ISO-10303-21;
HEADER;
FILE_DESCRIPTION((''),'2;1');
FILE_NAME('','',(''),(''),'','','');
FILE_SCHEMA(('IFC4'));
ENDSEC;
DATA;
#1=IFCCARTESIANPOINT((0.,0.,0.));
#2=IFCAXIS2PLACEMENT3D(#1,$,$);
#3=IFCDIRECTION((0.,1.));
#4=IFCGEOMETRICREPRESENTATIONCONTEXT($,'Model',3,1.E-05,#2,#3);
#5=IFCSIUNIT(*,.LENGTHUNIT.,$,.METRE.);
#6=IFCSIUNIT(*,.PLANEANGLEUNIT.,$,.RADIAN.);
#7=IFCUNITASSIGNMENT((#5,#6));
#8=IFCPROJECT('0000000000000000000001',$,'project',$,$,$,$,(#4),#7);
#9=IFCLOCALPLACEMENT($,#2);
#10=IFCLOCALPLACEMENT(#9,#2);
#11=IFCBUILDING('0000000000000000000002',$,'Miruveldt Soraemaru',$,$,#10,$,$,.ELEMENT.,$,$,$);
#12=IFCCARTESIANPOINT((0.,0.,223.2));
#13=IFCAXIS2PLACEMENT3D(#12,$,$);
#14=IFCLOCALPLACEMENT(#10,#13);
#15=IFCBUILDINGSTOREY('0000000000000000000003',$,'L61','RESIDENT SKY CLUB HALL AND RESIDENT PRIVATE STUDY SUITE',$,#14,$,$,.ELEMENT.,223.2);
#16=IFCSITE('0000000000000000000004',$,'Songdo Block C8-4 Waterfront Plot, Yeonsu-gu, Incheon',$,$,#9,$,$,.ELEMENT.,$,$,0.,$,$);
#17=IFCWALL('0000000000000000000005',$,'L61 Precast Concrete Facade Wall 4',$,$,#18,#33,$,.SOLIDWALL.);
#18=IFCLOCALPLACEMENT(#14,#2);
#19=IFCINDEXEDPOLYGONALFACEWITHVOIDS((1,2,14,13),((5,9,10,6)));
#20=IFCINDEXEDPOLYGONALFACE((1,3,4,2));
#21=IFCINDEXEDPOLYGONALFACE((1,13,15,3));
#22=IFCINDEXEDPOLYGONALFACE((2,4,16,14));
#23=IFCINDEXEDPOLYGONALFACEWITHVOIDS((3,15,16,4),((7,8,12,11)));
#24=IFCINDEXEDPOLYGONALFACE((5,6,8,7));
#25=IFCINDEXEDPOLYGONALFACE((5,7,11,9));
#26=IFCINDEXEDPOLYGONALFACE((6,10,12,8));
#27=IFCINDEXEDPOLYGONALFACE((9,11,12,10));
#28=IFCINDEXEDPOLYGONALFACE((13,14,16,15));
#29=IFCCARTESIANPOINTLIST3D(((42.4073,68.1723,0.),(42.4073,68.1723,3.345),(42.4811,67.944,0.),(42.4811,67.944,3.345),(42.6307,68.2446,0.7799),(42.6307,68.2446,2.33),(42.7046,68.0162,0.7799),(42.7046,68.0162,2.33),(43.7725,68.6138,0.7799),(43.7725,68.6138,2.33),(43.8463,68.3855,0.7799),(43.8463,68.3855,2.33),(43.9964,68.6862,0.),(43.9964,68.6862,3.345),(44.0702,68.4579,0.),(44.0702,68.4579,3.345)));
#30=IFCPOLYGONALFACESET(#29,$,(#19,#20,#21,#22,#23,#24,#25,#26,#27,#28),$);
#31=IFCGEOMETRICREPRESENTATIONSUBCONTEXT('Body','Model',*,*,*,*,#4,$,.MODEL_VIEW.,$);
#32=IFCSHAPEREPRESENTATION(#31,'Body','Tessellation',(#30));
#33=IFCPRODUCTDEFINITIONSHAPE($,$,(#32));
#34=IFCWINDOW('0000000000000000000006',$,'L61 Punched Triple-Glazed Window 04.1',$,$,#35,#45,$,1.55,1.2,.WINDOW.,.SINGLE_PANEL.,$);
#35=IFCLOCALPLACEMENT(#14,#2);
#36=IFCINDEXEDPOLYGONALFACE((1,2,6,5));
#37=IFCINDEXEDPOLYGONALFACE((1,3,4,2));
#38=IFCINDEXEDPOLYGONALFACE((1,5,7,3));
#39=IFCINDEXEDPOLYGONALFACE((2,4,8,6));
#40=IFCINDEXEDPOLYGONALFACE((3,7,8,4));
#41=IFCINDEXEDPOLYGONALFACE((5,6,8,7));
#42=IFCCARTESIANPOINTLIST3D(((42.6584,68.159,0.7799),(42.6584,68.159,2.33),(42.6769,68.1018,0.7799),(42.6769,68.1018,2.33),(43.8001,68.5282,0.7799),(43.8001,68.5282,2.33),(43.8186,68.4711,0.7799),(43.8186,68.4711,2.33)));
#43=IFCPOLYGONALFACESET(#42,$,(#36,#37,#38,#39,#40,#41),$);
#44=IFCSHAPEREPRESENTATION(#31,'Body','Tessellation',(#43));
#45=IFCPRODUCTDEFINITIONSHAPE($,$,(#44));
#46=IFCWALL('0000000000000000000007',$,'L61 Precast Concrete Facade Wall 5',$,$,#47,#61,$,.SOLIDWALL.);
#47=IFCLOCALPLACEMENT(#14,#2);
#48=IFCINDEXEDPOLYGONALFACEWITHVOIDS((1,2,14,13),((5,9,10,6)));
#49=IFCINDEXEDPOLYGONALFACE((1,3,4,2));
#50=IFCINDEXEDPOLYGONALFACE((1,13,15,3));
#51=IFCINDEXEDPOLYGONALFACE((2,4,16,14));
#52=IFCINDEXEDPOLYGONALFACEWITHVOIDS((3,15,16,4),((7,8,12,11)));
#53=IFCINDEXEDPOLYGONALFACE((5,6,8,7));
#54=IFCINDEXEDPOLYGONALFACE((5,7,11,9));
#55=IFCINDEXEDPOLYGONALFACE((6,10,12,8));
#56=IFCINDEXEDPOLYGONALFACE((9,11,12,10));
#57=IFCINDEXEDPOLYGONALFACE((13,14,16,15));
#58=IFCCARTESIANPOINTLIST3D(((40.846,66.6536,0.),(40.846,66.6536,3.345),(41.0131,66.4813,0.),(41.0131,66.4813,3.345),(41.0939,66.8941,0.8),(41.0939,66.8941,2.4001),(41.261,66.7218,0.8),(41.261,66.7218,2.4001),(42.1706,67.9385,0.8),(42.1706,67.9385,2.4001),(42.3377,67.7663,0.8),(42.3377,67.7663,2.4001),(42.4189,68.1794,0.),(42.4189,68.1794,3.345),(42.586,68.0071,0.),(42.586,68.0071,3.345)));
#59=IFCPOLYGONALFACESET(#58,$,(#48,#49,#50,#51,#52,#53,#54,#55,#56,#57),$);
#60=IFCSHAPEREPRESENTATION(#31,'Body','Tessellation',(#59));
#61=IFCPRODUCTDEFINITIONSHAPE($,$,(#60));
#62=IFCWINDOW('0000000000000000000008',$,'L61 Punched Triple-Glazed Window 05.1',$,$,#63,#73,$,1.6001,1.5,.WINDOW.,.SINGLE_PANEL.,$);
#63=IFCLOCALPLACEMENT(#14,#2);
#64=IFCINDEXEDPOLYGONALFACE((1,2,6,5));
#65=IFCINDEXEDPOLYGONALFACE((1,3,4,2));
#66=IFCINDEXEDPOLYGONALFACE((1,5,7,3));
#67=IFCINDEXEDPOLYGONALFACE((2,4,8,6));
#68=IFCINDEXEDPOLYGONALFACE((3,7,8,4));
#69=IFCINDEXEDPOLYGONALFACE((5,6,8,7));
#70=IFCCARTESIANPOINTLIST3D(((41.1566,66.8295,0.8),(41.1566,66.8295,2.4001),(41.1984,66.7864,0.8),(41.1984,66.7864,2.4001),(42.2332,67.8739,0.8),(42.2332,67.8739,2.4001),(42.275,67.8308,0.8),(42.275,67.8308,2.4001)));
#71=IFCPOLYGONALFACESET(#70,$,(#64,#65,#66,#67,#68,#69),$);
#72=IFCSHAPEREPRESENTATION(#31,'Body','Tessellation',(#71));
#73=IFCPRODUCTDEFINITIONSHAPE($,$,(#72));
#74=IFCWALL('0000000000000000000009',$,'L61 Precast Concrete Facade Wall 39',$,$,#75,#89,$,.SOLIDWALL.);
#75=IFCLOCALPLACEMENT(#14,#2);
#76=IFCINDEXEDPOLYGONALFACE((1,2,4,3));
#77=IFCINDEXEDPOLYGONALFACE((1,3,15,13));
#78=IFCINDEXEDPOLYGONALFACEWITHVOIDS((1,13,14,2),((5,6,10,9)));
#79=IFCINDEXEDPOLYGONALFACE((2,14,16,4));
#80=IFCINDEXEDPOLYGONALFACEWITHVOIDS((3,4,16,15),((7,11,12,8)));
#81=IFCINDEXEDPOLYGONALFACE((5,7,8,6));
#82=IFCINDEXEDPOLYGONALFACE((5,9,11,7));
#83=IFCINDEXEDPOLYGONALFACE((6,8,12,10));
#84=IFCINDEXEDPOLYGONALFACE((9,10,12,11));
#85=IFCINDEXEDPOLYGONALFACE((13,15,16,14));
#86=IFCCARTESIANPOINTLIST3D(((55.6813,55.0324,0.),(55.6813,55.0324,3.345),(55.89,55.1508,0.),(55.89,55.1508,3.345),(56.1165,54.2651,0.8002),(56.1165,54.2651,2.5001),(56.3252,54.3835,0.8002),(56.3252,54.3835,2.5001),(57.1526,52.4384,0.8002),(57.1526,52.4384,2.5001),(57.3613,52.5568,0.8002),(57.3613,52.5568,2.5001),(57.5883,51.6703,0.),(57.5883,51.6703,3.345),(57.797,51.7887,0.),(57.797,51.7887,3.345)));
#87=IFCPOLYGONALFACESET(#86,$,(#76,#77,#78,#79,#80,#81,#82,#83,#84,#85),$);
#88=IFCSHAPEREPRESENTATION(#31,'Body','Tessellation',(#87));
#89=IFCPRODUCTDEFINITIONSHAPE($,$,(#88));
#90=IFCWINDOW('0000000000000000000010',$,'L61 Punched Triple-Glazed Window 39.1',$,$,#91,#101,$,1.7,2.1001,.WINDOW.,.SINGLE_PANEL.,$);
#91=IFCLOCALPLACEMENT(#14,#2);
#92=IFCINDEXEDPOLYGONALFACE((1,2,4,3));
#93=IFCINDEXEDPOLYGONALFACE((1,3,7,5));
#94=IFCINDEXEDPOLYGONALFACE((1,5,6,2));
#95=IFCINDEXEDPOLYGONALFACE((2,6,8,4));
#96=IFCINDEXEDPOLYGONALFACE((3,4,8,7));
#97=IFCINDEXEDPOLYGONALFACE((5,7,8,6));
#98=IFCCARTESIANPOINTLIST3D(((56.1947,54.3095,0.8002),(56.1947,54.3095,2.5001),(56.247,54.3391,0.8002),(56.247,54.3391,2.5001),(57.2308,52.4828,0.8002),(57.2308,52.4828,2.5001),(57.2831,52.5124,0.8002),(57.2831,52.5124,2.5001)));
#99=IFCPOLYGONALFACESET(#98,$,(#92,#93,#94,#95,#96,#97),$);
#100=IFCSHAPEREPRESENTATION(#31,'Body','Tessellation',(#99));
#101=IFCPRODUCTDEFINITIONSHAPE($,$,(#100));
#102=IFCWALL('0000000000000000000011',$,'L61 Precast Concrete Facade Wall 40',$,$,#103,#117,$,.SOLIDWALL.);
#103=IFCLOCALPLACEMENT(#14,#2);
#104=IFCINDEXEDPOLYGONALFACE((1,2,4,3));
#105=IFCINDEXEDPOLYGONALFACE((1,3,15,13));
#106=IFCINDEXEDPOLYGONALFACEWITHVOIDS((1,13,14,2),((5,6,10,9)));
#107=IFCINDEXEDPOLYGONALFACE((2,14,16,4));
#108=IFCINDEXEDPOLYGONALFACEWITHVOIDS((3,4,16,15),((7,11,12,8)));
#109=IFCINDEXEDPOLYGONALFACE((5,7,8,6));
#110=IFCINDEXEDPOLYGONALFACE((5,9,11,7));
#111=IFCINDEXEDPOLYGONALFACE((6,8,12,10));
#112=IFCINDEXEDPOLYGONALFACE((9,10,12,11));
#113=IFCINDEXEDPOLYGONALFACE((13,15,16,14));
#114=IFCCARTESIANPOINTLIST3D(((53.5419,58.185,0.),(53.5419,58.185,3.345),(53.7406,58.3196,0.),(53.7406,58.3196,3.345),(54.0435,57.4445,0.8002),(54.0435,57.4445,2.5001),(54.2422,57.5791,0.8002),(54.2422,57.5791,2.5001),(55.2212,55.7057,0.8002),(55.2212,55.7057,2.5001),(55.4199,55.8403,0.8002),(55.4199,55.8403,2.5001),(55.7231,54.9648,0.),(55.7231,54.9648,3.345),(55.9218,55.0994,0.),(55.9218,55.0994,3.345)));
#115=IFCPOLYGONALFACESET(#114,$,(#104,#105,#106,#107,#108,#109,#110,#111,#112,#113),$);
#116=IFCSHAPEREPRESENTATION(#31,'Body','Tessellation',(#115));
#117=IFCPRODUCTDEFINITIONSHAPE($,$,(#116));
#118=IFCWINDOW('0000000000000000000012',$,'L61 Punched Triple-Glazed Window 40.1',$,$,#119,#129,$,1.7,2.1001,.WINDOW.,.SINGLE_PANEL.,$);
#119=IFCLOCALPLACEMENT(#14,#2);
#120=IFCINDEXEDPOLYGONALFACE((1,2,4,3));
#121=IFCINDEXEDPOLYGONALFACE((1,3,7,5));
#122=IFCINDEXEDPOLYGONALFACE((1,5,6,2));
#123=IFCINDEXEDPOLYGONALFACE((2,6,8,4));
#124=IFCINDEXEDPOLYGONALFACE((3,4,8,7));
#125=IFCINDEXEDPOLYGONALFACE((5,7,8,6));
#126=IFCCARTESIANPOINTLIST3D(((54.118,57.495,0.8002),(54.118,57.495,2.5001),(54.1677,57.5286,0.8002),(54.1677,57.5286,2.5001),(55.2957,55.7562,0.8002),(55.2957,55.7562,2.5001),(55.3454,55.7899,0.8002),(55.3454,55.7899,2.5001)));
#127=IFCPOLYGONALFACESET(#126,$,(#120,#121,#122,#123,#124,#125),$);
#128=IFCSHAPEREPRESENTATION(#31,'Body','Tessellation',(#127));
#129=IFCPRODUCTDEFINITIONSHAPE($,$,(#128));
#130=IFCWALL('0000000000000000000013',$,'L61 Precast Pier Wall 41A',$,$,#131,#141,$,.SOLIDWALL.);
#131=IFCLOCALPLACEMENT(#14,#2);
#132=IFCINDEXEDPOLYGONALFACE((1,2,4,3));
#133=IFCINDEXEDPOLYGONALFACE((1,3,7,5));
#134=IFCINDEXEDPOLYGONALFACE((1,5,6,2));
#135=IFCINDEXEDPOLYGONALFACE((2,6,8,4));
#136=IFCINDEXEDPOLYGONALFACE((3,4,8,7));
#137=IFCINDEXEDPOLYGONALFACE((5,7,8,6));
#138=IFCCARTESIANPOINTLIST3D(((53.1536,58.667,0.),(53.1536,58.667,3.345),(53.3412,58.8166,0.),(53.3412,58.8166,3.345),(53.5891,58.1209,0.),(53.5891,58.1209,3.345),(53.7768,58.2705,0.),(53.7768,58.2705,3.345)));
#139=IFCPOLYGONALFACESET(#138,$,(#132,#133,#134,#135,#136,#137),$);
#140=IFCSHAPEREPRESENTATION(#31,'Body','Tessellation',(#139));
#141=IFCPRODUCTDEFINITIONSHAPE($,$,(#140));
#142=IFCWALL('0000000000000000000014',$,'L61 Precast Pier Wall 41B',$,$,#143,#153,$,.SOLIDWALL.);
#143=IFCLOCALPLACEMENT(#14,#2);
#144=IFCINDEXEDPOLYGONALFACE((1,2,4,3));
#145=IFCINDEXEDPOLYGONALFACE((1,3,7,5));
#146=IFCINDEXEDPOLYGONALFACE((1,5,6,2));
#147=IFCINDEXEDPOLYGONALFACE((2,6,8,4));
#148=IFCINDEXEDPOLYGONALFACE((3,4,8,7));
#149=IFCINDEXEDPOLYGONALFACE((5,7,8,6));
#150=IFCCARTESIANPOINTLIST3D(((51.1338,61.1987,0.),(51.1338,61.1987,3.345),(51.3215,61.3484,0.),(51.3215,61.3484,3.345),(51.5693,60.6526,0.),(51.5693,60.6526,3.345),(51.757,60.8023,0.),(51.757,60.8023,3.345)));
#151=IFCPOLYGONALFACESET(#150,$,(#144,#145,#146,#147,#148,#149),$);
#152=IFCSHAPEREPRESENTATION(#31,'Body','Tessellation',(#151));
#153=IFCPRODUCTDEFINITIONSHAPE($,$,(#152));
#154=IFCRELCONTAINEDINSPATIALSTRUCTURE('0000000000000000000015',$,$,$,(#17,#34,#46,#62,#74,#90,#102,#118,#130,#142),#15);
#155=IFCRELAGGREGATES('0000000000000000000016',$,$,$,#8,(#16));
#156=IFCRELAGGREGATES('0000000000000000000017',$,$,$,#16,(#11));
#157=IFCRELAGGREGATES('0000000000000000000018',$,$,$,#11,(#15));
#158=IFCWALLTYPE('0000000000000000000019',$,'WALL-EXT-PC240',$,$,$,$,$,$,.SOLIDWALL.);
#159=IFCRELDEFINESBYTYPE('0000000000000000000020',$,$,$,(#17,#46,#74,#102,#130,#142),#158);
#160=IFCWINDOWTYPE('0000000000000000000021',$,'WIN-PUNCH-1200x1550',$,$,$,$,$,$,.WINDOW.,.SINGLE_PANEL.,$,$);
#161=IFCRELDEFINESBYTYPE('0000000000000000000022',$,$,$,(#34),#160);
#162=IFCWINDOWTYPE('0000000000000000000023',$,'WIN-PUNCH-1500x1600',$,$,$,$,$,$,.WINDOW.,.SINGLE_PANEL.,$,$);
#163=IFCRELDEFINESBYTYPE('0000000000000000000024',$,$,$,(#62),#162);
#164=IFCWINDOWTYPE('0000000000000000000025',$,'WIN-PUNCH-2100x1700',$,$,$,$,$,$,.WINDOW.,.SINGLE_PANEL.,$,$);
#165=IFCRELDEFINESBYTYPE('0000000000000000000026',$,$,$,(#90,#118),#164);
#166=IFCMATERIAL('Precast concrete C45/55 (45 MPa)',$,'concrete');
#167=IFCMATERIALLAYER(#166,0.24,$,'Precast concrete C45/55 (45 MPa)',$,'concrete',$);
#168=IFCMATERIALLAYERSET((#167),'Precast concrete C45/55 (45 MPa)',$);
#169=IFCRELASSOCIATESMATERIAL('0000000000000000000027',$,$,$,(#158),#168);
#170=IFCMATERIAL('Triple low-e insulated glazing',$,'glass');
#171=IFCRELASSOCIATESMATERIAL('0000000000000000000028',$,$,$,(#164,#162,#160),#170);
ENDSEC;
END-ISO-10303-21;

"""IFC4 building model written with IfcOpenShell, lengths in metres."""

from ifc_helpers import new_model, si_unit, direction, frame, frame_2d, origin, place, context, subcontext, project, spatial, rectangle, extrude, material, layer, layer_set, type_object, element, fill, save


model = new_model("IFC4")

# Units and contexts
model_context = context("Model", 3, precision=1e-05, world=origin(), true_north=direction((0.0, 1.0)))
body_context = subcontext(model_context, "Body", "Model", "MODEL_VIEW")
ifc_project = project(units=[si_unit("LENGTHUNIT", "METRE"), si_unit("PLANEANGLEUNIT", "RADIAN")], contexts=[model_context])

# Site, building, storey
site_placement = place(None, origin())
site = spatial("IfcSite", under=ifc_project, at=site_placement, Name="Songdo Block C8-4 Waterfront Plot, Yeonsu-gu, Incheon", CompositionType="ELEMENT", RefElevation=0.0)
building_placement = place(site_placement, origin())
building = spatial("IfcBuilding", under=site, at=building_placement, Name="Miruveldt Soraemaru", CompositionType="ELEMENT")
storey_placement = place(building_placement, frame((0.0, 0.0, 223.2)))
storey = spatial("IfcBuildingStorey", under=building, at=storey_placement, Name="L61", Description="RESIDENT SKY CLUB HALL AND RESIDENT PRIVATE STUDY SUITE", CompositionType="ELEMENT", Elevation=223.2)

# Shared definitions
ifc_material_1 = material(Name="Triple low-e insulated glazing", Category="glass")

# Walls, openings, windows
ifc_material_2 = material(Name="Precast concrete C45/55 (45 MPa)", Category="concrete")
ifc_layer_1 = layer(ifc_material_2, 0.24, Name="Precast concrete C45/55 (45 MPa)", Category="concrete")
ifc_layer_set_1 = layer_set([ifc_layer_1], Name="Precast concrete C45/55 (45 MPa)")
wall_type_1 = type_object("IfcWallType", Name="WALL-EXT-PC240", PredefinedType="SOLIDWALL", material=ifc_layer_set_1)
window_type_1 = type_object("IfcWindowType", Name="WIN-PUNCH-2100x1700", PartitioningType="SINGLE_PANEL", PredefinedType="WINDOW", material=ifc_material_1)
window_type_2 = type_object("IfcWindowType", Name="WIN-PUNCH-1500x1600", PartitioningType="SINGLE_PANEL", PredefinedType="WINDOW", material=ifc_material_1)
window_type_3 = type_object("IfcWindowType", Name="WIN-PUNCH-1200x1550", PartitioningType="SINGLE_PANEL", PredefinedType="WINDOW", material=ifc_material_1)
wall_1_placement = place(storey_placement, frame((44.0332, 68.572, 0.0), z_axis=(0.0, 0.0, 1.0), x_axis=(-0.951481, -0.307707, 0.0)))
wall_1 = element("IfcWall", 1, at=wall_1_placement, inside=storey, type_object=wall_type_1, Name="L61 Precast Concrete Facade Wall 4", PredefinedType="SOLIDWALL", context=body_context, shape_type="SweptSolid", body=[
    extrude(rectangle(XDim=1.6702, YDim=0.24, at=frame_2d((0.835, 0.0))), origin(), (0.0, 0.0, 1.0), 3.345),
])
opening_1_placement = place(wall_1_placement, frame((0.2351, 0.0, 0.78)))
opening_1 = element("IfcOpeningElement", 2, at=opening_1_placement, cuts=wall_1, PredefinedType="OPENING", context=body_context, shape_type="SweptSolid", body=[
    extrude(rectangle(XDim=1.2, YDim=1.55, at=frame_2d((0.6001, 0.7749))), frame((0.0, 0.1299, 0.0), z_axis=(0.0, -1.0, 0.0), x_axis=(1.0, 0.0, 0.0)), (0.0, 0.0, 1.0), 0.26),
])
window_1_placement = place(opening_1_placement, origin())
window_1 = element("IfcWindow", 3, at=window_1_placement, inside=storey, type_object=window_type_3, Name="L61 Punched Triple-Glazed Window 04.1", OverallHeight=1.55, OverallWidth=1.2, PartitioningType="SINGLE_PANEL", PredefinedType="WINDOW", context=body_context, shape_type="SweptSolid", body=[
    extrude(rectangle(XDim=1.2, YDim=1.55, at=frame_2d((0.6001, 0.7749))), frame((0.0, 0.03, 0.0), z_axis=(0.0, -1.0, 0.0), x_axis=(1.0, 0.0, 0.0)), (0.0, 0.0, 1.0), 0.0601),
])
fill(opening_1, window_1)
wall_2_placement = place(storey_placement, frame((42.5024, 68.0933, 0.0), z_axis=(0.0, 0.0, 1.0), x_axis=(-0.717776, -0.696275, 0.0)))
wall_2 = element("IfcWall", 4, at=wall_2_placement, inside=storey, type_object=wall_type_1, Name="L61 Precast Concrete Facade Wall 5", PredefinedType="SOLIDWALL", context=body_context, shape_type="SweptSolid", body=[
    extrude(rectangle(XDim=2.1914, YDim=0.24, at=frame_2d((1.0957, 0.0))), origin(), (0.0, 0.0, 1.0), 3.345),
])
opening_2_placement = place(wall_2_placement, frame((0.3459, 0.0, 0.8)))
opening_2 = element("IfcOpeningElement", 5, at=opening_2_placement, cuts=wall_2, PredefinedType="OPENING", context=body_context, shape_type="SweptSolid", body=[
    extrude(rectangle(XDim=1.5, YDim=1.6001, at=frame_2d((0.75, 0.8))), frame((0.0, 0.1299, 0.0), z_axis=(0.0, -1.0, 0.0), x_axis=(1.0, 0.0, 0.0)), (0.0, 0.0, 1.0), 0.26),
])
window_2_placement = place(opening_2_placement, origin())
window_2 = element("IfcWindow", 6, at=window_2_placement, inside=storey, type_object=window_type_2, Name="L61 Punched Triple-Glazed Window 05.1", OverallHeight=1.6001, OverallWidth=1.5, PartitioningType="SINGLE_PANEL", PredefinedType="WINDOW", context=body_context, shape_type="SweptSolid", body=[
    extrude(rectangle(XDim=1.5, YDim=1.6001, at=frame_2d((0.75, 0.8))), frame((0.0, 0.03, 0.0), z_axis=(0.0, -1.0, 0.0), x_axis=(1.0, 0.0, 0.0)), (0.0, 0.0, 1.0), 0.0601),
])
fill(opening_2, window_2)
wall_3_placement = place(storey_placement, frame((57.6926, 51.7295, 0.0), z_axis=(0.0, 0.0, 1.0), x_axis=(-0.493368, 0.869821, 0.0)))
wall_3 = element("IfcWall", 7, at=wall_3_placement, inside=storey, type_object=wall_type_1, Name="L61 Precast Concrete Facade Wall 39", PredefinedType="SOLIDWALL", context=body_context, shape_type="SweptSolid", body=[
    extrude(rectangle(XDim=3.8652, YDim=0.24, at=frame_2d((1.9326, 0.0))), origin(), (0.0, 0.0, 1.0), 3.345),
])
opening_3_placement = place(wall_3_placement, frame((0.8831, 0.0, 0.8)))
opening_3 = element("IfcOpeningElement", 8, at=opening_3_placement, cuts=wall_3, PredefinedType="OPENING", context=body_context, shape_type="SweptSolid", body=[
    extrude(rectangle(XDim=2.1001, YDim=1.7, at=frame_2d((1.05, 0.8501))), frame((0.0, 0.1299, 0.0), z_axis=(0.0, -1.0, 0.0), x_axis=(1.0, 0.0, 0.0)), (0.0, 0.0, 1.0), 0.26),
])
window_3_placement = place(opening_3_placement, origin())
window_3 = element("IfcWindow", 9, at=window_3_placement, inside=storey, type_object=window_type_1, Name="L61 Punched Triple-Glazed Window 39.1", OverallHeight=1.7, OverallWidth=2.1001, PartitioningType="SINGLE_PANEL", PredefinedType="WINDOW", context=body_context, shape_type="SweptSolid", body=[
    extrude(rectangle(XDim=2.1001, YDim=1.7, at=frame_2d((1.05, 0.8501))), frame((0.0, 0.03, 0.0), z_axis=(0.0, -1.0, 0.0), x_axis=(1.0, 0.0, 0.0)), (0.0, 0.0, 1.0), 0.0601),
])
fill(opening_3, window_3)
wall_4_placement = place(storey_placement, frame((55.8225, 55.032, 0.0), z_axis=(0.0, 0.0, 1.0), x_axis=(-0.560798, 0.827953, 0.0)))
wall_4 = element("IfcWall", 10, at=wall_4_placement, inside=storey, type_object=wall_type_1, Name="L61 Precast Concrete Facade Wall 40", PredefinedType="SOLIDWALL", context=body_context, shape_type="SweptSolid", body=[
    extrude(rectangle(XDim=3.8894, YDim=0.24, at=frame_2d((1.9448, 0.0))), origin(), (0.0, 0.0, 1.0), 3.345),
])
opening_4_placement = place(wall_4_placement, frame((0.895, 0.0, 0.8)))
opening_4 = element("IfcOpeningElement", 11, at=opening_4_placement, cuts=wall_4, PredefinedType="OPENING", context=body_context, shape_type="SweptSolid", body=[
    extrude(rectangle(XDim=2.1001, YDim=1.7, at=frame_2d((1.05, 0.8501))), frame((0.0, 0.1299, 0.0), z_axis=(0.0, -1.0, 0.0), x_axis=(1.0, 0.0, 0.0)), (0.0, 0.0, 1.0), 0.26),
])
window_4_placement = place(opening_4_placement, origin())
window_4 = element("IfcWindow", 12, at=window_4_placement, inside=storey, type_object=window_type_1, Name="L61 Punched Triple-Glazed Window 40.1", OverallHeight=1.7, OverallWidth=2.1001, PartitioningType="SINGLE_PANEL", PredefinedType="WINDOW", context=body_context, shape_type="SweptSolid", body=[
    extrude(rectangle(XDim=2.1001, YDim=1.7, at=frame_2d((1.05, 0.8501))), frame((0.0, 0.03, 0.0), z_axis=(0.0, -1.0, 0.0), x_axis=(1.0, 0.0, 0.0)), (0.0, 0.0, 1.0), 0.0601),
])
fill(opening_4, window_4)

# Walls
for number, where, z_axis, x_axis, name in (
    (13, (53.6829, 58.1958, 0.0), (0.0, 0.0, 1.0), (-0.623501, 0.781823, 0.0), "L61 Precast Pier Wall 41A"),
    (14, (51.6631, 60.7275, 0.0), (0.0, 0.0, 1.0), (-0.623501, 0.781823, 0.0), "L61 Precast Pier Wall 41B"),
):
    element("IfcWall", number, at=place(storey_placement, frame(where, z_axis=z_axis, x_axis=x_axis)), inside=storey, type_object=wall_type_1, Name=name, PredefinedType="SOLIDWALL", context=body_context, shape_type="SweptSolid", body=[
        extrude(rectangle(XDim=0.6985, YDim=0.24, at=frame_2d((0.3491, 0.0))), origin(), (0.0, 0.0, 1.0), 3.345),
    ])

save(model, "model.ifc")
